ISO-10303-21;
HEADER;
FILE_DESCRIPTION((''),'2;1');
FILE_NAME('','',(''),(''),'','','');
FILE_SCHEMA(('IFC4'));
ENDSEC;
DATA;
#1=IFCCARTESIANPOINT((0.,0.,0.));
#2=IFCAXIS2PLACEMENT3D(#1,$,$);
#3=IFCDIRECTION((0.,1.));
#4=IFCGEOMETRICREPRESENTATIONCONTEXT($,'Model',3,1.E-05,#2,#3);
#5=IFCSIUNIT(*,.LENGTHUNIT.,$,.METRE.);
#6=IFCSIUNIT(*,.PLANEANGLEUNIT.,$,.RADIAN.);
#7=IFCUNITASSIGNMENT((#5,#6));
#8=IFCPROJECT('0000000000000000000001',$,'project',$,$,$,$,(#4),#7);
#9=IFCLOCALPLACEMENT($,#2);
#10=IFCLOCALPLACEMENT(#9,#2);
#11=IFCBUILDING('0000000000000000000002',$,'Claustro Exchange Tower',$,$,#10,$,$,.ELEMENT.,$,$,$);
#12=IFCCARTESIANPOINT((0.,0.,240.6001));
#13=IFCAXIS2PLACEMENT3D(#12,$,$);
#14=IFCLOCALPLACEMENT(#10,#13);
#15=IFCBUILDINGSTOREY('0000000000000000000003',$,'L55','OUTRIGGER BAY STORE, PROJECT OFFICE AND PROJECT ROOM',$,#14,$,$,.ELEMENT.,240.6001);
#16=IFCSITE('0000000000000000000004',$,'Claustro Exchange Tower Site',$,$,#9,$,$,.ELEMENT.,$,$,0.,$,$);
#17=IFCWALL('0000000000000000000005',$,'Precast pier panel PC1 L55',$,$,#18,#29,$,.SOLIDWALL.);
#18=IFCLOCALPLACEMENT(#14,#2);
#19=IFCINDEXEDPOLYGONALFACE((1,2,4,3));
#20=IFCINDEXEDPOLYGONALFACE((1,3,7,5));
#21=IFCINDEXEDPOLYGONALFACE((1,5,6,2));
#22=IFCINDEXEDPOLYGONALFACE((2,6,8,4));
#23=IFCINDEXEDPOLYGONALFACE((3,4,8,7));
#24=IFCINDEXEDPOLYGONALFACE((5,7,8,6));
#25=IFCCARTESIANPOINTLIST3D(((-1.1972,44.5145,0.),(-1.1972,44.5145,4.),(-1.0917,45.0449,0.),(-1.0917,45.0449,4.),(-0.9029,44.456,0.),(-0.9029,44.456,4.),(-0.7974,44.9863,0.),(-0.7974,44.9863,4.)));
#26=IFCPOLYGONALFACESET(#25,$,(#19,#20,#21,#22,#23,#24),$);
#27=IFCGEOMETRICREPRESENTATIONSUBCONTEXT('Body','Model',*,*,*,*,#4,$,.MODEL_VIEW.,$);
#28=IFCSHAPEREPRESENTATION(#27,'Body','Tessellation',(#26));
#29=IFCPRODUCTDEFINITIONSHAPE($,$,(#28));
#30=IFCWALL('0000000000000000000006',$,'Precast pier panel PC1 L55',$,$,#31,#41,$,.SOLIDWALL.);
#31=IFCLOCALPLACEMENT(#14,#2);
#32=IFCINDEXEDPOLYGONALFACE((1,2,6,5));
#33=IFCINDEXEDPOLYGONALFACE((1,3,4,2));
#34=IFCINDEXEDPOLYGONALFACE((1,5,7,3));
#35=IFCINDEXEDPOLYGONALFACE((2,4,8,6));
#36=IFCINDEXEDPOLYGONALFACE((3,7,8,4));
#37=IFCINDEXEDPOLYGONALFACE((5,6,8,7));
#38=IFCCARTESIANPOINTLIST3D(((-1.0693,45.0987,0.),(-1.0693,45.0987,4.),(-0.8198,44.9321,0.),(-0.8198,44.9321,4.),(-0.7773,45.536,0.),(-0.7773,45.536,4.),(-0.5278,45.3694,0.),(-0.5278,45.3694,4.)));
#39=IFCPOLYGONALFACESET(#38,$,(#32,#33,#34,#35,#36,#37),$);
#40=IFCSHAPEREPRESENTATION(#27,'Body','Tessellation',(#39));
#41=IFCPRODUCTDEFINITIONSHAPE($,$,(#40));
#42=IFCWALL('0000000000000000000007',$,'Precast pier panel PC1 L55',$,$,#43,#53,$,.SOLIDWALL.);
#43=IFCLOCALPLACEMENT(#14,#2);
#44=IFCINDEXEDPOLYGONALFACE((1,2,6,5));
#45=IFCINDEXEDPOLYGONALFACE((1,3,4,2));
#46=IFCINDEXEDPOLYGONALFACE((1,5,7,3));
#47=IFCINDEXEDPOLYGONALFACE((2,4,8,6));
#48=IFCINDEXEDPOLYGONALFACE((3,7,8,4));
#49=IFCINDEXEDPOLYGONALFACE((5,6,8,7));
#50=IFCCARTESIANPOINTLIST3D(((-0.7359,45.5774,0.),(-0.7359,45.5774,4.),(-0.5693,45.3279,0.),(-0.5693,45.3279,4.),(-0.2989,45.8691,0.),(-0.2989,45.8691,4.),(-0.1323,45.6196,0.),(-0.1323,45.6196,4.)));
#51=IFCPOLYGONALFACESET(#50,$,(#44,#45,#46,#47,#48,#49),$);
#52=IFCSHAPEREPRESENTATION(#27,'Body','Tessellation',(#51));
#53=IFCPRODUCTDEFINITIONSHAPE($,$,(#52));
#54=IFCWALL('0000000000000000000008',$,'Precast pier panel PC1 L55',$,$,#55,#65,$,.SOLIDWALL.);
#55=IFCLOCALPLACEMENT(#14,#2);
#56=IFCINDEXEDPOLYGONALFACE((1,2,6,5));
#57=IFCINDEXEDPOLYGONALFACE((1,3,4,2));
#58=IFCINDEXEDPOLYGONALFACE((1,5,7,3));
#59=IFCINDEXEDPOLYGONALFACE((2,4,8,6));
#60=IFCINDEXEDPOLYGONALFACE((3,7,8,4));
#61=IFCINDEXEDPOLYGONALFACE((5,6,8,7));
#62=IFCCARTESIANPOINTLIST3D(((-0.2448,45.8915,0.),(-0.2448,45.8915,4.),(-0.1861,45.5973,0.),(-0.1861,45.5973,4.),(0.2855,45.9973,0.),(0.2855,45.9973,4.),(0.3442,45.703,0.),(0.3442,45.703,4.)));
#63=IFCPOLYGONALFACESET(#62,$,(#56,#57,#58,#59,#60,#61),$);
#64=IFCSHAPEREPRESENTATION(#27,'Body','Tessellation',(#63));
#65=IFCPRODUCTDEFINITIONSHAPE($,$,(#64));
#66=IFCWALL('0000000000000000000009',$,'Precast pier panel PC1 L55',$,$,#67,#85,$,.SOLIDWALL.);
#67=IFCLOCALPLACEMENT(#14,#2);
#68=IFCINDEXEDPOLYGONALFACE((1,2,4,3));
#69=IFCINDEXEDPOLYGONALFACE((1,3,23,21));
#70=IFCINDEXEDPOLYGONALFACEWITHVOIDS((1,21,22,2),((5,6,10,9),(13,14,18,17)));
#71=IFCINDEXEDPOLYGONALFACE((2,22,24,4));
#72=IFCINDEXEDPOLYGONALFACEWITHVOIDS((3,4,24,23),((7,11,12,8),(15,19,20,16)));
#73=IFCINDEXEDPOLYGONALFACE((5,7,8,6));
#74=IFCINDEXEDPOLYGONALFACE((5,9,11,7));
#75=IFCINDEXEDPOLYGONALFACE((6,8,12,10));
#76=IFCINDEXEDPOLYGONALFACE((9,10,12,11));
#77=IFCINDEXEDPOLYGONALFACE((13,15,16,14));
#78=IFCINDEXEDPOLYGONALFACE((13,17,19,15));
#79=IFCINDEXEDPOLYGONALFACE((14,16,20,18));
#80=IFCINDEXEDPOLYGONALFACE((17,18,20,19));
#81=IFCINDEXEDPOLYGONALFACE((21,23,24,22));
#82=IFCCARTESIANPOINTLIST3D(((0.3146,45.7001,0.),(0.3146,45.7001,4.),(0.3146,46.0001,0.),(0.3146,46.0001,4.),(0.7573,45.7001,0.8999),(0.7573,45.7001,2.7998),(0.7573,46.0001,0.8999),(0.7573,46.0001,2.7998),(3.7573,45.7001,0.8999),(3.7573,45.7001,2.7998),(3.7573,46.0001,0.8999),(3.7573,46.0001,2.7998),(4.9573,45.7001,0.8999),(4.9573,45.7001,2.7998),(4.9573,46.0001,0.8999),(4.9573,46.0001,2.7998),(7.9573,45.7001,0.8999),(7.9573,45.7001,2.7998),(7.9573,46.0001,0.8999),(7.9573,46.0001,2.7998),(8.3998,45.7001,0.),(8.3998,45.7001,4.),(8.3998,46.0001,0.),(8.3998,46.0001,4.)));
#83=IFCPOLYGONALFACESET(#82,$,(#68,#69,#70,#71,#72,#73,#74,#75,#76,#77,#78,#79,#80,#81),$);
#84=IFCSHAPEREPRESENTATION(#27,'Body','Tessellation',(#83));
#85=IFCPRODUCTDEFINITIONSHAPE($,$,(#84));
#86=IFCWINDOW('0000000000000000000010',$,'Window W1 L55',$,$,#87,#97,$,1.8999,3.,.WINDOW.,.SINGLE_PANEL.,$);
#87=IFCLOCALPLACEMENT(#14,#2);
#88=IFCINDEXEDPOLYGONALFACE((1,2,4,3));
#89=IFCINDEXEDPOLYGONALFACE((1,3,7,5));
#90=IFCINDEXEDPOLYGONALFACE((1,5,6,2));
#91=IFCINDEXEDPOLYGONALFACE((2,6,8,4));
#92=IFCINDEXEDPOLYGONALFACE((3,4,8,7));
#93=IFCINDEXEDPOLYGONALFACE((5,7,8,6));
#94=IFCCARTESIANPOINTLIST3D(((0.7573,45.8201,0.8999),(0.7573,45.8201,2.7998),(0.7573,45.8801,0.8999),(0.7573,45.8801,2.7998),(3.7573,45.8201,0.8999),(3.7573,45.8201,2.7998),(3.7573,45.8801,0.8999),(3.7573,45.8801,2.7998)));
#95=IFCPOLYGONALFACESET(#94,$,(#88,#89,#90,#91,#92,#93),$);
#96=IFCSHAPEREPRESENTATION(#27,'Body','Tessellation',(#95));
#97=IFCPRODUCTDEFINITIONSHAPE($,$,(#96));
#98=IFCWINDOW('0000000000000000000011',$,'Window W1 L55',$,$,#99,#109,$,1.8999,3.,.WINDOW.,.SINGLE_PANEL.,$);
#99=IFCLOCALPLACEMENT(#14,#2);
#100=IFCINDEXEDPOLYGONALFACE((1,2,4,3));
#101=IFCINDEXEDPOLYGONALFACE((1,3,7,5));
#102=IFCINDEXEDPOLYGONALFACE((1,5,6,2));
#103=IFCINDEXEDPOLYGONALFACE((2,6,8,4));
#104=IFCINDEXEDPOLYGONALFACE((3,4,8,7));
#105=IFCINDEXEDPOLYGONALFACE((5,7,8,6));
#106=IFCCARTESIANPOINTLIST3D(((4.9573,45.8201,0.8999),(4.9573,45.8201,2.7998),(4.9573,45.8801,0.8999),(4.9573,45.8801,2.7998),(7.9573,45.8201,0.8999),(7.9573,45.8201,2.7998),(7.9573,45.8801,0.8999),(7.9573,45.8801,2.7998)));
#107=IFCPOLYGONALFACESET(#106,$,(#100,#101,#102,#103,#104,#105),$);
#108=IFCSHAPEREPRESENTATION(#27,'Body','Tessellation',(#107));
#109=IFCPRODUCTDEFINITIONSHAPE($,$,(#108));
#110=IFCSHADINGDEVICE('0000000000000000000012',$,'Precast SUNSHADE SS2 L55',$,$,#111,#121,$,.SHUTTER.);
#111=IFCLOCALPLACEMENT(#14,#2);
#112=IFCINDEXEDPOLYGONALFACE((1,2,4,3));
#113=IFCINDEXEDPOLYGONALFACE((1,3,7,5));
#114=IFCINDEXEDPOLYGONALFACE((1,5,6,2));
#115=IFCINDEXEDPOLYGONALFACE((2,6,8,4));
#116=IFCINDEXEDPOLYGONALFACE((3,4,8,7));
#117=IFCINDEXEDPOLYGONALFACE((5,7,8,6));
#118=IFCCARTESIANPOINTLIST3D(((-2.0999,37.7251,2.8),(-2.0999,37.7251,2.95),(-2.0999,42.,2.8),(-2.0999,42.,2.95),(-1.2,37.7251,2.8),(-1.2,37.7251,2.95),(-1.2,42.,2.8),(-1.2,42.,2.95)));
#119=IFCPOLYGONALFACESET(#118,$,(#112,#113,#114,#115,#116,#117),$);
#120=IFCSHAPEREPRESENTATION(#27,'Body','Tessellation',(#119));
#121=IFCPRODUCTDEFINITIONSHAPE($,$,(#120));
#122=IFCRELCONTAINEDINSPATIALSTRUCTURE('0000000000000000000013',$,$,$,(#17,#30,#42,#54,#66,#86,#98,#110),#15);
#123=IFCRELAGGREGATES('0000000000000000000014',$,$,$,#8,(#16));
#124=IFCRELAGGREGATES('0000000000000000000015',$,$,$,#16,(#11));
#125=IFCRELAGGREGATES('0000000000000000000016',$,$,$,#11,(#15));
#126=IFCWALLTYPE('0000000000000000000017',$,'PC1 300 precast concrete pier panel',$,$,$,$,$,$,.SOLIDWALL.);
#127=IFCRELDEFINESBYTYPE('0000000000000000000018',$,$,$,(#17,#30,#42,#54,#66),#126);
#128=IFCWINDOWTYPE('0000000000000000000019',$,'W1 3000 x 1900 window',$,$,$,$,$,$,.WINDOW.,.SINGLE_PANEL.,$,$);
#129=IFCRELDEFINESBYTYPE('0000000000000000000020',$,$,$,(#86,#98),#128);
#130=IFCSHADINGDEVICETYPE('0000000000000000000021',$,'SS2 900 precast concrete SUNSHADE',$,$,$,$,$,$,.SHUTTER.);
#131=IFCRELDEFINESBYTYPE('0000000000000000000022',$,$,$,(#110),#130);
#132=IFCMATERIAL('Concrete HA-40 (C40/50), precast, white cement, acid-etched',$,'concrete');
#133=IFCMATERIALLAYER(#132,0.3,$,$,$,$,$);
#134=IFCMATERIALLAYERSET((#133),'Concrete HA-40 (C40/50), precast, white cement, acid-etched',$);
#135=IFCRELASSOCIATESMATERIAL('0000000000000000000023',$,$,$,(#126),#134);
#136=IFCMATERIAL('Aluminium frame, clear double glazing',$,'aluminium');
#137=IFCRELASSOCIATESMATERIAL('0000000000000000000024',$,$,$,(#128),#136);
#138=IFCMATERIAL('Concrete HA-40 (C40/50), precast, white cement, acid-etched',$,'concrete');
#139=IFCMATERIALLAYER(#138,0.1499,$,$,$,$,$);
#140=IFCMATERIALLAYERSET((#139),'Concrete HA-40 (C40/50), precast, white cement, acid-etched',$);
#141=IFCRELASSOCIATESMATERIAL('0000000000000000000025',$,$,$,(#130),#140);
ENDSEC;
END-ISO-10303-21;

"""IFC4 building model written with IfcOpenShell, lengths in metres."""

from ifc_helpers import new_model, si_unit, direction, frame, frame_2d, origin, origin_2d, place, context, subcontext, project, spatial, rectangle, extrude, material, layer, layer_set, type_object, element, fill, save


model = new_model("IFC4")

# Units and contexts
model_context = context("Model", 3, precision=1e-05, world=origin(), true_north=direction((0.0, 1.0)))
body_context = subcontext(model_context, "Body", "Model", "MODEL_VIEW")
ifc_project = project(units=[si_unit("LENGTHUNIT", "METRE"), si_unit("PLANEANGLEUNIT", "RADIAN")], contexts=[model_context])

# Site, building, storey
site_placement = place(None, origin())
site = spatial("IfcSite", under=ifc_project, at=site_placement, Name="Claustro Exchange Tower Site", CompositionType="ELEMENT", RefElevation=0.0)
building_placement = place(site_placement, origin())
building = spatial("IfcBuilding", under=site, at=building_placement, Name="Claustro Exchange Tower", CompositionType="ELEMENT")
storey_placement = place(building_placement, frame((0.0, 0.0, 240.6001)))
storey = spatial("IfcBuildingStorey", under=building, at=storey_placement, Name="L55", Description="OUTRIGGER BAY STORE, PROJECT OFFICE AND PROJECT ROOM", CompositionType="ELEMENT", Elevation=240.6001)

# Walls
ifc_material_1 = material(Name="Concrete HA-40 (C40/50), precast, white cement, acid-etched", Category="concrete")
ifc_layer_1 = layer(ifc_material_1, 0.3)
ifc_layer_set_1 = layer_set([ifc_layer_1], Name="Concrete HA-40 (C40/50), precast, white cement, acid-etched")
wall_type_1 = type_object("IfcWallType", Name="PC1 300 precast concrete pier panel", PredefinedType="SOLIDWALL", material=ifc_layer_set_1)
wall_1_placement = place(storey_placement, frame((-1.05, 44.4851, 0.0), z_axis=(0.0, 0.0, 1.0), x_axis=(0.195074, 0.980789, 0.0)))
element("IfcWall", 1, at=wall_1_placement, inside=storey, type_object=wall_type_1, Name="Precast pier panel PC1 L55", PredefinedType="SOLIDWALL", context=body_context, shape_type="SweptSolid", body=[
    extrude(rectangle(XDim=0.5408, YDim=0.3, at=frame_2d((0.2705, 0.0))), origin(), (0.0, 0.0, 1.0), 4.0),
])
wall_2_placement = place(storey_placement, frame((-0.9446, 45.0154, 0.0), z_axis=(0.0, 0.0, 1.0), x_axis=(0.555343, 0.831621, 0.0)))
element("IfcWall", 2, at=wall_2_placement, inside=storey, type_object=wall_type_1, Name="Precast pier panel PC1 L55", PredefinedType="SOLIDWALL", context=body_context, shape_type="SweptSolid", body=[
    extrude(rectangle(XDim=0.5259, YDim=0.3, at=frame_2d((0.2629, 0.0))), origin(), (0.0, 0.0, 1.0), 4.0),
])
wall_3_placement = place(storey_placement, frame((-0.6526, 45.4526, 0.0), z_axis=(0.0, 0.0, 1.0), x_axis=(0.831693, 0.555236, 0.0)))
element("IfcWall", 3, at=wall_3_placement, inside=storey, type_object=wall_type_1, Name="Precast pier panel PC1 L55", PredefinedType="SOLIDWALL", context=body_context, shape_type="SweptSolid", body=[
    extrude(rectangle(XDim=0.5254, YDim=0.3, at=frame_2d((0.2627, 0.0))), origin(), (0.0, 0.0, 1.0), 4.0),
])
wall_4_placement = place(storey_placement, frame((-0.2156, 45.7444, 0.0), z_axis=(0.0, 0.0, 1.0), x_axis=(0.980702, 0.195508, 0.0)))
element("IfcWall", 4, at=wall_4_placement, inside=storey, type_object=wall_type_1, Name="Precast pier panel PC1 L55", PredefinedType="SOLIDWALL", context=body_context, shape_type="SweptSolid", body=[
    extrude(rectangle(XDim=0.5408, YDim=0.3, at=frame_2d((0.2705, 0.0))), origin(), (0.0, 0.0, 1.0), 4.0),
])

# Wall, openings, windows
wall_5_placement = place(storey_placement, frame((0.3147, 45.8501, 0.0), z_axis=(0.0, 0.0, 1.0), x_axis=(1.0, 0.0, 0.0)))
wall_5 = element("IfcWall", 5, at=wall_5_placement, inside=storey, type_object=wall_type_1, Name="Precast pier panel PC1 L55", PredefinedType="SOLIDWALL", context=body_context, shape_type="SweptSolid", body=[
    extrude(rectangle(XDim=8.0852, YDim=0.3, at=frame_2d((4.0425, 0.0))), origin(), (0.0, 0.0, 1.0), 4.0),
])
opening_1_placement = place(wall_5_placement, frame((0.4426, 0.0, 0.8999)))
opening_1 = element("IfcOpeningElement", 6, at=opening_1_placement, cuts=wall_5, PredefinedType="OPENING", context=body_context, shape_type="SweptSolid", body=[
    extrude(rectangle(XDim=3.0, YDim=1.8999, at=frame_2d((1.5, 0.95))), frame((0.0, 0.1599, 0.0), z_axis=(0.0, -1.0, 0.0), x_axis=(1.0, 0.0, 0.0)), (0.0, 0.0, 1.0), 0.3201),
])
opening_2_placement = place(wall_5_placement, frame((4.6426, 0.0, 0.8999)))
opening_2 = element("IfcOpeningElement", 7, at=opening_2_placement, cuts=wall_5, PredefinedType="OPENING", context=body_context, shape_type="SweptSolid", body=[
    extrude(rectangle(XDim=3.0, YDim=1.8999, at=frame_2d((1.5, 0.95))), frame((0.0, 0.1599, 0.0), z_axis=(0.0, -1.0, 0.0), x_axis=(1.0, 0.0, 0.0)), (0.0, 0.0, 1.0), 0.3201),
])
ifc_material_2 = material(Name="Aluminium frame, clear double glazing", Category="aluminium")
window_type = type_object("IfcWindowType", Name="W1 3000 x 1900 window", PartitioningType="SINGLE_PANEL", PredefinedType="WINDOW", material=ifc_material_2)
window_1_placement = place(opening_1_placement, origin())
window_1 = element("IfcWindow", 8, at=window_1_placement, inside=storey, type_object=window_type, Name="Window W1 L55", OverallHeight=1.8999, OverallWidth=3.0, PartitioningType="SINGLE_PANEL", PredefinedType="WINDOW", context=body_context, shape_type="SweptSolid", body=[
    extrude(rectangle(XDim=3.0, YDim=1.8999, at=frame_2d((1.5, 0.95))), frame((0.0, 0.03, 0.0), z_axis=(0.0, -1.0, 0.0), x_axis=(1.0, 0.0, 0.0)), (0.0, 0.0, 1.0), 0.0601),
])
fill(opening_1, window_1)
window_2_placement = place(opening_2_placement, origin())
window_2 = element("IfcWindow", 9, at=window_2_placement, inside=storey, type_object=window_type, Name="Window W1 L55", OverallHeight=1.8999, OverallWidth=3.0, PartitioningType="SINGLE_PANEL", PredefinedType="WINDOW", context=body_context, shape_type="SweptSolid", body=[
    extrude(rectangle(XDim=3.0, YDim=1.8999, at=frame_2d((1.5, 0.95))), frame((0.0, 0.03, 0.0), z_axis=(0.0, -1.0, 0.0), x_axis=(1.0, 0.0, 0.0)), (0.0, 0.0, 1.0), 0.0601),
])
fill(opening_2, window_2)

# Shading device
ifc_material_3 = material(Name="Concrete HA-40 (C40/50), precast, white cement, acid-etched", Category="concrete")
ifc_layer_2 = layer(ifc_material_3, 0.1499)
ifc_layer_set_2 = layer_set([ifc_layer_2], Name="Concrete HA-40 (C40/50), precast, white cement, acid-etched")
shading_device_type = type_object("IfcShadingDeviceType", Name="SS2 900 precast concrete SUNSHADE", PredefinedType="SHUTTER", material=ifc_layer_set_2)
shading_device_placement = place(storey_placement, frame((-1.6499, 39.8625, 2.8), z_axis=(0.0, 0.0, 1.0), x_axis=(0.0, 1.0, 0.0)))
element("IfcShadingDevice", 10, at=shading_device_placement, inside=storey, type_object=shading_device_type, Name="Precast SUNSHADE SS2 L55", PredefinedType="SHUTTER", context=body_context, shape_type="SweptSolid", body=[
    extrude(rectangle(XDim=4.2749, YDim=0.8999, at=origin_2d()), origin(), (0.0, 0.0, 1.0), 0.1499),
])

save(model, "model.ifc")
